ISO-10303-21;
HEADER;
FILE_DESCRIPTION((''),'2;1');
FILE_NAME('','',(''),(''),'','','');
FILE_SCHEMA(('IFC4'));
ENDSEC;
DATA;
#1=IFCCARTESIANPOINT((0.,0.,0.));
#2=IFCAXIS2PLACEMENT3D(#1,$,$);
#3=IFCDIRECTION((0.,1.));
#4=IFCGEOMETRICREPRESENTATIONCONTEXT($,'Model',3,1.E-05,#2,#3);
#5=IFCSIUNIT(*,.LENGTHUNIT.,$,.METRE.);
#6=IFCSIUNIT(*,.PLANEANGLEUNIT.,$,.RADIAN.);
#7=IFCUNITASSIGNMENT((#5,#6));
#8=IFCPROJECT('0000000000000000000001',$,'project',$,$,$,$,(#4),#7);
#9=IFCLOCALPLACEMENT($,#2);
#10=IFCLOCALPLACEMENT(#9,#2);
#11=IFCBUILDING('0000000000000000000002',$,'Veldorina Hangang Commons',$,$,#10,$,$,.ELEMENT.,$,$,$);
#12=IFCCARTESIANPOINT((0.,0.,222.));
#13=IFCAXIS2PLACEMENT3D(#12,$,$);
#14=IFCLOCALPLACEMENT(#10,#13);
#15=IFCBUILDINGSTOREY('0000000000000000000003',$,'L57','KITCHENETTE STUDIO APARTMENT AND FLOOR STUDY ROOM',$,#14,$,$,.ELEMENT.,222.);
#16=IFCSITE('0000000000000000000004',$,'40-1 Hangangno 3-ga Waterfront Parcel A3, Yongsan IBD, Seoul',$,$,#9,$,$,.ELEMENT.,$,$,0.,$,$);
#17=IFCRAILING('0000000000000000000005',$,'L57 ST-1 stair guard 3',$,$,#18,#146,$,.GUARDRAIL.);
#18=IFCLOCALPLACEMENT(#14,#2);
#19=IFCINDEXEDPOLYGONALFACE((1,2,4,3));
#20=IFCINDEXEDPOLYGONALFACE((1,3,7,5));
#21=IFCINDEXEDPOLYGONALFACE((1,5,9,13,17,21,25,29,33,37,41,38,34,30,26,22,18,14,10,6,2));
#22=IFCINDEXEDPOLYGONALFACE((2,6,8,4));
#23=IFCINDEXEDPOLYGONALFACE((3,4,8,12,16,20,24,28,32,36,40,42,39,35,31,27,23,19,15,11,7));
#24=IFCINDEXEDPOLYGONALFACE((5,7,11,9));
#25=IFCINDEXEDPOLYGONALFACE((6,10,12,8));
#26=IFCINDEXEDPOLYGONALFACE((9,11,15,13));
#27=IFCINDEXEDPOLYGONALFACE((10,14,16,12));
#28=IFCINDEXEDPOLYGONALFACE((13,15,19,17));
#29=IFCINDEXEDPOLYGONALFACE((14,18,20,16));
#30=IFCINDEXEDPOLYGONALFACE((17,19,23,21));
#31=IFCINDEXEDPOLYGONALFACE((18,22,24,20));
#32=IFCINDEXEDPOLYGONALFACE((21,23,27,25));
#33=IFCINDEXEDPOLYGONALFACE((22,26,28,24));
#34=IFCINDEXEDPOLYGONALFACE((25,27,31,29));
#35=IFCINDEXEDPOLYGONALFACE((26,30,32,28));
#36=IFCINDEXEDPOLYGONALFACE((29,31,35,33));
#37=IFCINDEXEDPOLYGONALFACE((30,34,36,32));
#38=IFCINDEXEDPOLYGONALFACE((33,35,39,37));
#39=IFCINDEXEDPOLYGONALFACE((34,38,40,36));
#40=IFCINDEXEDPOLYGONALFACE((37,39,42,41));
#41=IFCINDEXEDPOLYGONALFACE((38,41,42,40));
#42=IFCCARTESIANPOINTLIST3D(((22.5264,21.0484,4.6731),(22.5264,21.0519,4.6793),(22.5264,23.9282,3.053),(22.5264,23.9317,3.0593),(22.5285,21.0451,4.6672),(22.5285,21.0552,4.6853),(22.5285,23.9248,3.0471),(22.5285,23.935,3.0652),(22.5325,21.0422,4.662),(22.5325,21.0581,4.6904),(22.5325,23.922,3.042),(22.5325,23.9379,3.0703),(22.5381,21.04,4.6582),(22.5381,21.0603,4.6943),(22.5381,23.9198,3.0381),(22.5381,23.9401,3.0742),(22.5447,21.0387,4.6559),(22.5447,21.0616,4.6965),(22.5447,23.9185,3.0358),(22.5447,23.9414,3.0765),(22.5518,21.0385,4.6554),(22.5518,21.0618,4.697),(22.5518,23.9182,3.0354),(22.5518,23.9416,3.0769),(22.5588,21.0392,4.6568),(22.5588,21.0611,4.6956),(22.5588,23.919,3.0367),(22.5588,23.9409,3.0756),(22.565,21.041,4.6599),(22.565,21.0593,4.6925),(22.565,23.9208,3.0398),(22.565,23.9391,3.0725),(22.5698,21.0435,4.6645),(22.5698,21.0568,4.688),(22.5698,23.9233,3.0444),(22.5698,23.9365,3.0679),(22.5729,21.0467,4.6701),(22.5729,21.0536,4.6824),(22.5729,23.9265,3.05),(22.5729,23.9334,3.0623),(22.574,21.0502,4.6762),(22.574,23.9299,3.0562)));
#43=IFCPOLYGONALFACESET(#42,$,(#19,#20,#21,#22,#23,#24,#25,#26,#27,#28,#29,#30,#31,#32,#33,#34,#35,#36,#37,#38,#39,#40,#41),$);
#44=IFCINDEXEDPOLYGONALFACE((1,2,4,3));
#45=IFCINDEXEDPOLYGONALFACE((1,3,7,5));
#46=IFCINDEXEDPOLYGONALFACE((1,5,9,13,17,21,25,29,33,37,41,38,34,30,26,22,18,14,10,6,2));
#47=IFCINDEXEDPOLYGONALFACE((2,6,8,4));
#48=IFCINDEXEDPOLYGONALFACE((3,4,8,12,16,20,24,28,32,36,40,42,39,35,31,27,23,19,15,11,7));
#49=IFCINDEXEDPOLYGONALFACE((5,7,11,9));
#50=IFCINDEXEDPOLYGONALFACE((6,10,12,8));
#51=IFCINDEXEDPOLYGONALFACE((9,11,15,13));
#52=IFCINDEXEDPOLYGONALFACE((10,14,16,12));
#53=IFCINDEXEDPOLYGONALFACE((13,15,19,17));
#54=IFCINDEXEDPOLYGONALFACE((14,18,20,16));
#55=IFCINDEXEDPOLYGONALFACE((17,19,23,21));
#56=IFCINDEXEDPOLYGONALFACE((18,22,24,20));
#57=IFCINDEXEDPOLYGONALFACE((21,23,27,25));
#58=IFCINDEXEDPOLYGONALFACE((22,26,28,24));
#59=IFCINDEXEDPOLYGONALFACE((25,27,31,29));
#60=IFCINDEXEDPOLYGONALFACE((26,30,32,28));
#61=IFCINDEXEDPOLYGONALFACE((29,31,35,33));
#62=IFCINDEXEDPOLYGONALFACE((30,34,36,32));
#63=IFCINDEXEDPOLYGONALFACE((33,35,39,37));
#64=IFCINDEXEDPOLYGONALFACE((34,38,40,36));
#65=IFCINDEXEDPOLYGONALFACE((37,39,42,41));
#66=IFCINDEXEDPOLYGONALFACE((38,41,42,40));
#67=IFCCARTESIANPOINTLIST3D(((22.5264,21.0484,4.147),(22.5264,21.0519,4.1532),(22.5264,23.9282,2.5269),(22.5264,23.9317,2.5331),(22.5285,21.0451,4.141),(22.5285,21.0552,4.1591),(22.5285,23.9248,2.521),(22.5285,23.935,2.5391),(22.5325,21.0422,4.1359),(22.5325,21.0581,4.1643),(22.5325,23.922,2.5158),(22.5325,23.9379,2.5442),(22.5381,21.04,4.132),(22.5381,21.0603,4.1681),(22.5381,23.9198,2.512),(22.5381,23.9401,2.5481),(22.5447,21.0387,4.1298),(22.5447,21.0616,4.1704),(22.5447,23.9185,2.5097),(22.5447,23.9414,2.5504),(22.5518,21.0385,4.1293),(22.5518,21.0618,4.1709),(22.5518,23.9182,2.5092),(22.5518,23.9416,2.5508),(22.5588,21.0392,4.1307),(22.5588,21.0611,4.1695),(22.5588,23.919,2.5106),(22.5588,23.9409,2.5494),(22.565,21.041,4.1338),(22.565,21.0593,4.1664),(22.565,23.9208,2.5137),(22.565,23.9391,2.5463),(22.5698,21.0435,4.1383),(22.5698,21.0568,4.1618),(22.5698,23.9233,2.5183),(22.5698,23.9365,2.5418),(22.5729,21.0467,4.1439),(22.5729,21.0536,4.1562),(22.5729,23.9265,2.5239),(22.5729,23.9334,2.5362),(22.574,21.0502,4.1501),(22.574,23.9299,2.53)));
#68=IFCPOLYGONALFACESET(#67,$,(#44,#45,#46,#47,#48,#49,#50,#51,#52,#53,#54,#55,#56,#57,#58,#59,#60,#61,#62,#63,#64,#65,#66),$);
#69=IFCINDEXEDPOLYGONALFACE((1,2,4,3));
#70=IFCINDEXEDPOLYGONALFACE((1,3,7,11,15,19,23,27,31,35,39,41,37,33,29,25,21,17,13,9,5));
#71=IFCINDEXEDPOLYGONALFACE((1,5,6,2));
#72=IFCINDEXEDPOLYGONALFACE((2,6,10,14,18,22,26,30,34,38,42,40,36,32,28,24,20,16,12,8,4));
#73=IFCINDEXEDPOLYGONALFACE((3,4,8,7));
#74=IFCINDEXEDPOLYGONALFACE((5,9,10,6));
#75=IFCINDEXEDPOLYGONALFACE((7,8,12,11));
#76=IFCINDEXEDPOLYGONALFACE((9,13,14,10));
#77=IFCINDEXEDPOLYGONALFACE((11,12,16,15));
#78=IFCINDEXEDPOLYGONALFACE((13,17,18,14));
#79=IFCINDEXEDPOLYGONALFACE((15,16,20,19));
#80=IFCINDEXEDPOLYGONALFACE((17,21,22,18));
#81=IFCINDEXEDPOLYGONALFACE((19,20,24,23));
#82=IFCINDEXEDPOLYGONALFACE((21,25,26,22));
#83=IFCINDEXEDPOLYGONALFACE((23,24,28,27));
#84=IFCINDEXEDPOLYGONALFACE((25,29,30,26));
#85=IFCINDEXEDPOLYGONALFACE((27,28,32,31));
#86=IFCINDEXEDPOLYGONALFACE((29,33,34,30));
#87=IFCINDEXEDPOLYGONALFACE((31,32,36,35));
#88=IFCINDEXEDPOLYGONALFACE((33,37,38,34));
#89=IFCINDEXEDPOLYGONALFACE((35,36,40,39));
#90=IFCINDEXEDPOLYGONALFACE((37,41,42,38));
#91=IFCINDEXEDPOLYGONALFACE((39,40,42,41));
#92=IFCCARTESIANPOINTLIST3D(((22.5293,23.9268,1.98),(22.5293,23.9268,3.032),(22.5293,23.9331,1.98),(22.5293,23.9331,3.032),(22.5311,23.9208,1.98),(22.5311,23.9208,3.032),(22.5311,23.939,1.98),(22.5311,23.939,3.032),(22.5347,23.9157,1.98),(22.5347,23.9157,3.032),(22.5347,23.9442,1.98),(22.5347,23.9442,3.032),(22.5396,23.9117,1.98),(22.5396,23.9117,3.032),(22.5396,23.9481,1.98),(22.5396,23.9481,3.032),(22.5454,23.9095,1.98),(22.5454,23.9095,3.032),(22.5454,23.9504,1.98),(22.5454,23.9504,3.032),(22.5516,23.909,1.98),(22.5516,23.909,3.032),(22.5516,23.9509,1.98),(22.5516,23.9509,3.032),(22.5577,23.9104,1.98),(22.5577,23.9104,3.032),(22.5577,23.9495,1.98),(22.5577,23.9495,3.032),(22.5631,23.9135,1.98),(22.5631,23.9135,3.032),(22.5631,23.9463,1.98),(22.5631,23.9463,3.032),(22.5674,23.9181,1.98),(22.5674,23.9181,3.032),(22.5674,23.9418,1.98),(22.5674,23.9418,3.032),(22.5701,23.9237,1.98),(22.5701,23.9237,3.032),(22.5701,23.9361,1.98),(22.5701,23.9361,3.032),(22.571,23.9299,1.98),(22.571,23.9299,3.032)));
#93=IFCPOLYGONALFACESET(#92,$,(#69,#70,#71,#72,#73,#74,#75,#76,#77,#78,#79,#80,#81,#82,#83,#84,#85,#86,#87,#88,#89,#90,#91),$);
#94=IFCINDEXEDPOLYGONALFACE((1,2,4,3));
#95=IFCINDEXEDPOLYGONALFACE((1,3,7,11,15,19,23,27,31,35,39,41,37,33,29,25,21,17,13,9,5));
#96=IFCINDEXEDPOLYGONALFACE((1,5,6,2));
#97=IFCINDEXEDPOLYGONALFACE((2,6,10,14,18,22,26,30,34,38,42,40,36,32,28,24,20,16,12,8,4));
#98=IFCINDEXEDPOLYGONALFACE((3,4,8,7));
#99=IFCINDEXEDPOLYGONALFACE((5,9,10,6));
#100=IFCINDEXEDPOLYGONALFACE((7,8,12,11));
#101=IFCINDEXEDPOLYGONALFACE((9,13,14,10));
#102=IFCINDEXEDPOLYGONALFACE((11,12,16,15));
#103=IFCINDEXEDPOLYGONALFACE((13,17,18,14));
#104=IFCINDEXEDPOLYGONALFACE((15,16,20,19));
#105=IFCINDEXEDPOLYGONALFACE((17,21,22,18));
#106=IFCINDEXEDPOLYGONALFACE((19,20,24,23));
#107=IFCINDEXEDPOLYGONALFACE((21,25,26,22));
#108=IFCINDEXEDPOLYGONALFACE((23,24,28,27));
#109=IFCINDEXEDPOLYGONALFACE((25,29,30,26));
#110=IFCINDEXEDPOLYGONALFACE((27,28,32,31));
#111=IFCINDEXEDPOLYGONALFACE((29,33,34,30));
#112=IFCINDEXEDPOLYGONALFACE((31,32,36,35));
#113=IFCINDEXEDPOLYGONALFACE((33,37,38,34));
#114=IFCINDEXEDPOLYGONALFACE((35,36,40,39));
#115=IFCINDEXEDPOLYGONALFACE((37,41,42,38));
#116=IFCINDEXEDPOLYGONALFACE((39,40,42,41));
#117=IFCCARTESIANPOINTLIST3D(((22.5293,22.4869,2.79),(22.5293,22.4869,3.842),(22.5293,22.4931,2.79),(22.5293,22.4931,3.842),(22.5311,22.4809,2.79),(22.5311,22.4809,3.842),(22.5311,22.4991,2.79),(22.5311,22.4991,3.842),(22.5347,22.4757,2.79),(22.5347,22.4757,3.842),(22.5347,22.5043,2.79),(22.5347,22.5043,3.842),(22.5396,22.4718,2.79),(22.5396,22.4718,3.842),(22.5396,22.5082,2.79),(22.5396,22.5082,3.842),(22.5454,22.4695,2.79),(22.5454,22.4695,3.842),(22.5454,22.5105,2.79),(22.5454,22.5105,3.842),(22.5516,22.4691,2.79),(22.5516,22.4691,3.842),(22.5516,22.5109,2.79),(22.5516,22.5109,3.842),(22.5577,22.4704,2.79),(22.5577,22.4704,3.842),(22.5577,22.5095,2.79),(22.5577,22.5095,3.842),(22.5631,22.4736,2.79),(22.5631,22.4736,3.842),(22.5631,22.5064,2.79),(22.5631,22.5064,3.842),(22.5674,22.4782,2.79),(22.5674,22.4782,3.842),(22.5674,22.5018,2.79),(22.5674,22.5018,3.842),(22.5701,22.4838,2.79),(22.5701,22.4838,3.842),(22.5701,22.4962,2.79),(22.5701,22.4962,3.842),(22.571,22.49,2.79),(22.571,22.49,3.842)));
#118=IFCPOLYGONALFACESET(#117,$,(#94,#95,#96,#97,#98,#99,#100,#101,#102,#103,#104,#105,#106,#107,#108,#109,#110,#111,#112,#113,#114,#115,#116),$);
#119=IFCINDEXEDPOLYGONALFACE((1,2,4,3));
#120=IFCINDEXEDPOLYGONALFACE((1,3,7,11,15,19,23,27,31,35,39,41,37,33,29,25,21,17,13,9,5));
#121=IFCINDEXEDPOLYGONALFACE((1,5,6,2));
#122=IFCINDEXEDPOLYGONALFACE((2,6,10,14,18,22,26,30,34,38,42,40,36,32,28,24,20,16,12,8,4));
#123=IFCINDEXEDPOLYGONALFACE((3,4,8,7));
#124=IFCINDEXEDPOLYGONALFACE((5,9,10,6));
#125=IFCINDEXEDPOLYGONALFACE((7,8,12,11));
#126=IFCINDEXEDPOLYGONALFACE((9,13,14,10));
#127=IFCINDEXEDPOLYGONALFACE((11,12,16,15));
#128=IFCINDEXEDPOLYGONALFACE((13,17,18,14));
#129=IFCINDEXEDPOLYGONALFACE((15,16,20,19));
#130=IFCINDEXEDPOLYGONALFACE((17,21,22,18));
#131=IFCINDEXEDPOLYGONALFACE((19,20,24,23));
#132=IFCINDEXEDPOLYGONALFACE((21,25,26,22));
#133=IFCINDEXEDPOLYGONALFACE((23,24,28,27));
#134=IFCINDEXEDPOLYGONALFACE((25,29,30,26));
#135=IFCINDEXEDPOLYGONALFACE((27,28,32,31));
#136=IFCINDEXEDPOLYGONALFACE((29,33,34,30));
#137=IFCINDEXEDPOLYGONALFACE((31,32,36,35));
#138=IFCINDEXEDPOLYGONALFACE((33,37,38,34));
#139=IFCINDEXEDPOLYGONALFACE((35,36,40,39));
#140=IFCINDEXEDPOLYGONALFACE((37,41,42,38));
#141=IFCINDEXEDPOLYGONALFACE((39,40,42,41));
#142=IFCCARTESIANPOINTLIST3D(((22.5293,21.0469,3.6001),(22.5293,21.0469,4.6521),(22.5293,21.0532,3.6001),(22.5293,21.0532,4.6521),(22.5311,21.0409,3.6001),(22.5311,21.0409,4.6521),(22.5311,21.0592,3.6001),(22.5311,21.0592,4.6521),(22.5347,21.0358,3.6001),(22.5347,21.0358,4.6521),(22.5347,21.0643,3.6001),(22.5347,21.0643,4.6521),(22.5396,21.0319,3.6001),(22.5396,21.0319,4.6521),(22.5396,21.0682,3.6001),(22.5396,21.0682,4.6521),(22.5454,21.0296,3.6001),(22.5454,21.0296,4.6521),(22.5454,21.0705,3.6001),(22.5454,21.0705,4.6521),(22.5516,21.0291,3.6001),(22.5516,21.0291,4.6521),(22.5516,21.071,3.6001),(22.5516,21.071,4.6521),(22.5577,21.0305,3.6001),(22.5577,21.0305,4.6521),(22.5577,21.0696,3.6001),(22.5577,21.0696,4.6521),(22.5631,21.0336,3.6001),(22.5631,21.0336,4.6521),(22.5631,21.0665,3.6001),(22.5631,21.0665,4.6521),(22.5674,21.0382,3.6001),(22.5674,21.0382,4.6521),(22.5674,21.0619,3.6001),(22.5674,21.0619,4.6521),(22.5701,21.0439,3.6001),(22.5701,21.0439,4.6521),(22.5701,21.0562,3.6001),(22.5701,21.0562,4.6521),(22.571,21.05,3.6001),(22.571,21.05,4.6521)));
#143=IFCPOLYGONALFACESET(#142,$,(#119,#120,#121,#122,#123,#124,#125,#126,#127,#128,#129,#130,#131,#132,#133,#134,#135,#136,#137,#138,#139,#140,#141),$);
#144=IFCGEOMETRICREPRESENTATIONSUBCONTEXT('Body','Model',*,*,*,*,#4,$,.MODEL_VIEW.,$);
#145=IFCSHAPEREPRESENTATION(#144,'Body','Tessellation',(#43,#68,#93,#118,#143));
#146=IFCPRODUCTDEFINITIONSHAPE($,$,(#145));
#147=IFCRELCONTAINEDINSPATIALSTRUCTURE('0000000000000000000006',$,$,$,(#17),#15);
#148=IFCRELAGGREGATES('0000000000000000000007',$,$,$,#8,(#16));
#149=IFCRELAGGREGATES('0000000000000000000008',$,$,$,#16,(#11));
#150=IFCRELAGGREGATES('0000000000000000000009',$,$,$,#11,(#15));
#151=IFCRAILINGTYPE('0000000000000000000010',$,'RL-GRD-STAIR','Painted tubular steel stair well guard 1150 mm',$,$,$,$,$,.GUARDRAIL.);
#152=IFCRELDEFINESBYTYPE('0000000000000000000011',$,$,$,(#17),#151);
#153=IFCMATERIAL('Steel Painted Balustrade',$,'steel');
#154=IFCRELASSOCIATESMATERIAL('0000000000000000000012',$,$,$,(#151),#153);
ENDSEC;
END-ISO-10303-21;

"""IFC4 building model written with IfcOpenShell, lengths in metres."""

from ifc_helpers import new_model, si_unit, direction, frame, origin, origin_2d, place, context, subcontext, project, spatial, circle, extrude, material, type_object, element, save


model = new_model("IFC4")

# Units and contexts
model_context = context("Model", 3, precision=1e-05, world=origin(), true_north=direction((0.0, 1.0)))
body_context = subcontext(model_context, "Body", "Model", "MODEL_VIEW")
ifc_project = project(units=[si_unit("LENGTHUNIT", "METRE"), si_unit("PLANEANGLEUNIT", "RADIAN")], contexts=[model_context])

# Site, building, storey
site_placement = place(None, origin())
site = spatial("IfcSite", under=ifc_project, at=site_placement, Name="40-1 Hangangno 3-ga Waterfront Parcel A3, Yongsan IBD, Seoul", CompositionType="ELEMENT", RefElevation=0.0)
building_placement = place(site_placement, origin())
building = spatial("IfcBuilding", under=site, at=building_placement, Name="Veldorina Hangang Commons", CompositionType="ELEMENT")
storey_placement = place(building_placement, frame((0.0, 0.0, 222.0)))
storey = spatial("IfcBuildingStorey", under=building, at=storey_placement, Name="L57", Description="KITCHENETTE STUDIO APARTMENT AND FLOOR STUDY ROOM", CompositionType="ELEMENT", Elevation=222.0)

# Railing
ifc_material_1 = material(Name="Steel Painted Balustrade", Category="steel")
railing_type_1 = type_object("IfcRailingType", Name="RL-GRD-STAIR", Description="Painted tubular steel stair well guard 1150 mm", PredefinedType="GUARDRAIL", material=ifc_material_1)
railing_1_placement = place(storey_placement, frame((22.55, 23.9299, 1.98)))
element("IfcRailing", 1, at=railing_1_placement, inside=storey, type_object=railing_type_1, Name="L57 ST-1 stair guard 3", PredefinedType="GUARDRAIL", context=body_context, shape_type="SweptSolid", body=[
    extrude(circle(Radius=0.0239, at=origin_2d()), frame((0.0, 0.0, 1.0762), z_axis=(0.0, -0.871552, 0.490303), x_axis=(1.0, 0.0, 0.0)), (0.0, 0.0, 1.0), 3.3042),
    extrude(circle(Radius=0.0239, at=origin_2d()), frame((0.0, 0.0, 0.55), z_axis=(0.0, -0.871552, 0.490303), x_axis=(1.0, 0.0, 0.0)), (0.0, 0.0, 1.0), 3.3042),
    extrude(circle(Radius=0.021, at=origin_2d()), origin(), (0.0, 0.0, 1.0), 1.052),
    extrude(circle(Radius=0.021, at=origin_2d()), frame((0.0, -1.4399, 0.8101)), (0.0, 0.0, 1.0), 1.052),
    extrude(circle(Radius=0.021, at=origin_2d()), frame((0.0, -2.8799, 1.6201)), (0.0, 0.0, 1.0), 1.052),
])

save(model, "model.ifc")
